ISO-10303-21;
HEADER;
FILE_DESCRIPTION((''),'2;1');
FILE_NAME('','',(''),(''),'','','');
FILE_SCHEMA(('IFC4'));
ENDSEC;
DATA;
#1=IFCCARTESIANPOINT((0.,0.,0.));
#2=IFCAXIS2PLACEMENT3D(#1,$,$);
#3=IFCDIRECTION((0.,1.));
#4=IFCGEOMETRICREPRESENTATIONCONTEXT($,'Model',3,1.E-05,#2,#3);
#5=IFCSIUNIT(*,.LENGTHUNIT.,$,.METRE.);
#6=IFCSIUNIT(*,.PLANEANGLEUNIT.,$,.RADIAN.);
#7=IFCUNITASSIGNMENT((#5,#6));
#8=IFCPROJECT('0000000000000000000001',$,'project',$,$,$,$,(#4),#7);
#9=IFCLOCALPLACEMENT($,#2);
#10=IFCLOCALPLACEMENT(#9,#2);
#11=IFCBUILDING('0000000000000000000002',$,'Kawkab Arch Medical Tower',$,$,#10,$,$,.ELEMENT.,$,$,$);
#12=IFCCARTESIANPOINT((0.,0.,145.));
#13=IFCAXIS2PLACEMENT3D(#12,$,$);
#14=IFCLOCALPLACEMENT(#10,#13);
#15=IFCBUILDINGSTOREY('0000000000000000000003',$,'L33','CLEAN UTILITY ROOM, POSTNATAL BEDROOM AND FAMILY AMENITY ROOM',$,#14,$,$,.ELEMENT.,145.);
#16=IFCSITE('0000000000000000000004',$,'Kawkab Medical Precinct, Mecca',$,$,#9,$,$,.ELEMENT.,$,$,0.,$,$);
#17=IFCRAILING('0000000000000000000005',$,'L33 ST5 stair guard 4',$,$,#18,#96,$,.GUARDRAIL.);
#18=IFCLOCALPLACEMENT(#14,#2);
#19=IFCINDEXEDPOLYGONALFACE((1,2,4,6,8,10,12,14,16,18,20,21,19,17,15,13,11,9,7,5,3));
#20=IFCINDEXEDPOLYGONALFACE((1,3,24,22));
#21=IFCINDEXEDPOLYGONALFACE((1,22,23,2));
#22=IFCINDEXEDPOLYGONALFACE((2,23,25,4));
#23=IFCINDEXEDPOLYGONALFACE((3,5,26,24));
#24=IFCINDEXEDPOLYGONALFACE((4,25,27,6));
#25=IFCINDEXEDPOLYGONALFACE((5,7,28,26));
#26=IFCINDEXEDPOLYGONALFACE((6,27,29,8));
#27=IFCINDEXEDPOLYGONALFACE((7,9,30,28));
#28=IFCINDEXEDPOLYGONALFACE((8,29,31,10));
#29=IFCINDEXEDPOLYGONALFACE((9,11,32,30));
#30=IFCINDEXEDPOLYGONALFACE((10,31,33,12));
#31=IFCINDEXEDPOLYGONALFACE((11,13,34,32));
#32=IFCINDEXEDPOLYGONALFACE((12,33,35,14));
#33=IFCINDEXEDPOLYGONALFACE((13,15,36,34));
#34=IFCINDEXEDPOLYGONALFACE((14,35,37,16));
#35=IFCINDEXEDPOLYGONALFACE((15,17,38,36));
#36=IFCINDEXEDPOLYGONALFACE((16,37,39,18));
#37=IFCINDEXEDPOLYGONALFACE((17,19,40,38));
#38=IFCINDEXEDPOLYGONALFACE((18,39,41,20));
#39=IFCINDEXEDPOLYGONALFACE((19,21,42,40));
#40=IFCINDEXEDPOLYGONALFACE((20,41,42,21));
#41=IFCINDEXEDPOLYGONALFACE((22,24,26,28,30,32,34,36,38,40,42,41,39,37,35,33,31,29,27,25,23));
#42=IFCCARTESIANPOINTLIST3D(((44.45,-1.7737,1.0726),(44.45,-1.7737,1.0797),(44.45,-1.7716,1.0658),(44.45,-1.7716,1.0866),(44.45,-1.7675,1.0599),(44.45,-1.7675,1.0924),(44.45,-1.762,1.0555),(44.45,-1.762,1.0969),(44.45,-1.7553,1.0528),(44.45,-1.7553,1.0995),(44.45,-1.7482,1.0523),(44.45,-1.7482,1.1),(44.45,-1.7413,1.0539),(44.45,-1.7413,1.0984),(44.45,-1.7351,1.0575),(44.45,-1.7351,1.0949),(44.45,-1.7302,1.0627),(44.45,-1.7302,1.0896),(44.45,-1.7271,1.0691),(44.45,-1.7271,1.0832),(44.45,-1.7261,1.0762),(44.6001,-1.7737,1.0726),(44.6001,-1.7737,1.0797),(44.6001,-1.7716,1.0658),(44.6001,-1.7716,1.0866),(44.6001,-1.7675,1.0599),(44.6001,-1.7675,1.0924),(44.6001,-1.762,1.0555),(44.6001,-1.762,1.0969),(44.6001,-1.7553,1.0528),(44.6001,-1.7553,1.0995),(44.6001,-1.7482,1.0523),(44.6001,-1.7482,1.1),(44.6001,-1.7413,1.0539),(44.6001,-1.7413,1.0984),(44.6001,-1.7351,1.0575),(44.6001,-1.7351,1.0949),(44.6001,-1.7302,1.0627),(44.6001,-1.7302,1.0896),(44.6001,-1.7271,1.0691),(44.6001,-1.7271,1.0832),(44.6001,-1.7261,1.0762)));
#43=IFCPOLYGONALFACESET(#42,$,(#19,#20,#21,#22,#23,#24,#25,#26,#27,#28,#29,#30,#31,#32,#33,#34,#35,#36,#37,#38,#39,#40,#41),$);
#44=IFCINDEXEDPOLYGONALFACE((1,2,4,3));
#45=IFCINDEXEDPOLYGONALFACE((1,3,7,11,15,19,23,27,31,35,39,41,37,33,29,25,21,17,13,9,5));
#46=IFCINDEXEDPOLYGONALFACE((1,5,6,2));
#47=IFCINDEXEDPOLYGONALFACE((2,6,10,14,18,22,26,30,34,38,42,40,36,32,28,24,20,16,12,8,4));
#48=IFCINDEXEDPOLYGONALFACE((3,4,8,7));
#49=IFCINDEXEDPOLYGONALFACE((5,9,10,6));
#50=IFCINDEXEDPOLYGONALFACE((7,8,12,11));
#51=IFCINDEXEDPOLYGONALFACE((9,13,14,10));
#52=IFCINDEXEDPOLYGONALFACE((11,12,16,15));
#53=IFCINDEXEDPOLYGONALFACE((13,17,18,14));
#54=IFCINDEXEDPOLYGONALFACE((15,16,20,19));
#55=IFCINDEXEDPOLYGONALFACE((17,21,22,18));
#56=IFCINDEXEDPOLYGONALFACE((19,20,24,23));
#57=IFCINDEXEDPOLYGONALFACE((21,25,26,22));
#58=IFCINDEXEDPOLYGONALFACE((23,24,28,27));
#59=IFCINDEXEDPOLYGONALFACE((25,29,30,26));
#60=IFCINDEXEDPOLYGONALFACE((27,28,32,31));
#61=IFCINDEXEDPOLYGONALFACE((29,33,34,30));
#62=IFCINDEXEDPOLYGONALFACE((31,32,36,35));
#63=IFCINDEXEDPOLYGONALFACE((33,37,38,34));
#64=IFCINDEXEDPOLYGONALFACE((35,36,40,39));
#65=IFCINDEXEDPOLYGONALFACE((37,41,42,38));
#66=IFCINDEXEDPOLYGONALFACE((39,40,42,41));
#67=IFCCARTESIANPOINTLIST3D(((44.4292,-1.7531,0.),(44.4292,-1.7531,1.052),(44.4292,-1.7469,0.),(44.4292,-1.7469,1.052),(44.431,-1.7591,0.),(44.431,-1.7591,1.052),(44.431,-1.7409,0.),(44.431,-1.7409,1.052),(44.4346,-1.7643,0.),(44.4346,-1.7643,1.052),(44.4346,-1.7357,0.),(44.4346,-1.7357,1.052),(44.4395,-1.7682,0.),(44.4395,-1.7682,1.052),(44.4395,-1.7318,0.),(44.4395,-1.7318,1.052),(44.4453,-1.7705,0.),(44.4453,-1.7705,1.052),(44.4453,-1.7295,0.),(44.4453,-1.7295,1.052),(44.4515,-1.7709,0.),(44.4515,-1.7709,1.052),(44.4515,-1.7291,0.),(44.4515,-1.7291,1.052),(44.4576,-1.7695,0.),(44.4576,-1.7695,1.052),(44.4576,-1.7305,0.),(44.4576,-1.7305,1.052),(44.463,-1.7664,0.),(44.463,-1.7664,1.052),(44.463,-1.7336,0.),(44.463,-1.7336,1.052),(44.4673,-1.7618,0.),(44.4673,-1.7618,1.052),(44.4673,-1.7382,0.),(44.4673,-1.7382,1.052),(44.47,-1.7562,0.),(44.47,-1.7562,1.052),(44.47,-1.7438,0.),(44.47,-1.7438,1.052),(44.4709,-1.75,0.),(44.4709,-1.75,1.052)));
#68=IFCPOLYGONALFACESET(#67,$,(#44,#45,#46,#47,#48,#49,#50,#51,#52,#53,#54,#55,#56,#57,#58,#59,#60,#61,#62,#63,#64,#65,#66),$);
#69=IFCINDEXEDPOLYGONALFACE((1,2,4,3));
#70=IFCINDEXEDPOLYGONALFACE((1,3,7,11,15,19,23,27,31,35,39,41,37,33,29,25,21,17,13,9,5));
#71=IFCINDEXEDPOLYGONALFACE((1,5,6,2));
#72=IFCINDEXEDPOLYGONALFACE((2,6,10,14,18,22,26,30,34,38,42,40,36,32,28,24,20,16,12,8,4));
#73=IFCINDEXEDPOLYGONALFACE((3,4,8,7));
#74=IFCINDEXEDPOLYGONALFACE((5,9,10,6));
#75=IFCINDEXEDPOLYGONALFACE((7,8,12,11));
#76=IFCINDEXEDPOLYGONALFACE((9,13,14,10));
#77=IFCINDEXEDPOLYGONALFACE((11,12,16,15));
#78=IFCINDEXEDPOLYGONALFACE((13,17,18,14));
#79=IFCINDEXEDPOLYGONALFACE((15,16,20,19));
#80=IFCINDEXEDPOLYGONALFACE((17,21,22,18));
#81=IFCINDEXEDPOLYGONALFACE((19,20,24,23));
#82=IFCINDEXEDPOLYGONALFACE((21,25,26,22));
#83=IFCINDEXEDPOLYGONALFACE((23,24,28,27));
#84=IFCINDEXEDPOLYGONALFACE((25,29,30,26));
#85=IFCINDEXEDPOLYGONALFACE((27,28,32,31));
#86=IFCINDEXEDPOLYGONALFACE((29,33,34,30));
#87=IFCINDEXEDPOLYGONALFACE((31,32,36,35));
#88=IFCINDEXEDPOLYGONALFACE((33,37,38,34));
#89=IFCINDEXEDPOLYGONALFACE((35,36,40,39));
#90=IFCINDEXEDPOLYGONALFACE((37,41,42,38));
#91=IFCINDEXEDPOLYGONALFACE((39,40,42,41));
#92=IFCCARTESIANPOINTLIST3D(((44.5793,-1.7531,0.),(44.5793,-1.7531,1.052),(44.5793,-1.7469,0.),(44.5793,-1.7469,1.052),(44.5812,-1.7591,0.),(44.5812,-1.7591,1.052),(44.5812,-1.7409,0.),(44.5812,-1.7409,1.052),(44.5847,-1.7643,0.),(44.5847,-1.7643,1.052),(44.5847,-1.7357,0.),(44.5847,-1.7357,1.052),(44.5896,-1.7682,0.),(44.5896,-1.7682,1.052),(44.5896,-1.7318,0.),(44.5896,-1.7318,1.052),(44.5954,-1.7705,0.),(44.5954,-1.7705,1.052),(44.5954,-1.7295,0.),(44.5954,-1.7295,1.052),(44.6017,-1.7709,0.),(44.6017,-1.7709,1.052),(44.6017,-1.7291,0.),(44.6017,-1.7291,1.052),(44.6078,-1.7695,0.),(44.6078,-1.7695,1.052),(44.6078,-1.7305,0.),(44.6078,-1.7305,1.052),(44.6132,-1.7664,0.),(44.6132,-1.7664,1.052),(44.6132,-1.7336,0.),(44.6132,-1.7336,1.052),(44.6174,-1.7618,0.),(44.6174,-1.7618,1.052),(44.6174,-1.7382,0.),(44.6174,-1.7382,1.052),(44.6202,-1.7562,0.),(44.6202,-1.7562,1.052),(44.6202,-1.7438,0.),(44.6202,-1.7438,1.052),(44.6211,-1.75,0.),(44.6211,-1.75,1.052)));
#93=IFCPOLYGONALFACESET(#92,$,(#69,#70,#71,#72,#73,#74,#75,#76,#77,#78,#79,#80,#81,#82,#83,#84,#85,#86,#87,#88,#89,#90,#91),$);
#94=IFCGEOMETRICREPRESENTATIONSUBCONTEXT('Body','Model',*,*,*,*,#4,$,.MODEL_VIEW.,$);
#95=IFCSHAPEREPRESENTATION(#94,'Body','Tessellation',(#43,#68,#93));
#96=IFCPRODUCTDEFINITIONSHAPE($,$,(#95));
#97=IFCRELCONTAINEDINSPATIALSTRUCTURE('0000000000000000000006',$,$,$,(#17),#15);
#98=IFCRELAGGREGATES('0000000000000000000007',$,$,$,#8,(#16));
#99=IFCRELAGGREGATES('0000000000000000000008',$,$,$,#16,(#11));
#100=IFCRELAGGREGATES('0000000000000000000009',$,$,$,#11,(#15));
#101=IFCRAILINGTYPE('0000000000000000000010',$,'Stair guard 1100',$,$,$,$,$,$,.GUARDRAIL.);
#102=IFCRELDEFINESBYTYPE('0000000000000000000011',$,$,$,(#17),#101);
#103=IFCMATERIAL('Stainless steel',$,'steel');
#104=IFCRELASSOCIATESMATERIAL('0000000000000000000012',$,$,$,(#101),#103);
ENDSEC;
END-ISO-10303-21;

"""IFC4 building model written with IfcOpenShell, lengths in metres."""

from ifc_helpers import new_model, si_unit, direction, frame, origin, origin_2d, place, context, subcontext, project, spatial, circle, extrude, material, type_object, element, save


model = new_model("IFC4")

# Units and contexts
model_context = context("Model", 3, precision=1e-05, world=origin(), true_north=direction((0.0, 1.0)))
body_context = subcontext(model_context, "Body", "Model", "MODEL_VIEW")
ifc_project = project(units=[si_unit("LENGTHUNIT", "METRE"), si_unit("PLANEANGLEUNIT", "RADIAN")], contexts=[model_context])

# Site, building, storey
site_placement = place(None, origin())
site = spatial("IfcSite", under=ifc_project, at=site_placement, Name="Kawkab Medical Precinct, Mecca", CompositionType="ELEMENT", RefElevation=0.0)
building_placement = place(site_placement, origin())
building = spatial("IfcBuilding", under=site, at=building_placement, Name="Kawkab Arch Medical Tower", CompositionType="ELEMENT")
storey_placement = place(building_placement, frame((0.0, 0.0, 145.0)))
storey = spatial("IfcBuildingStorey", under=building, at=storey_placement, Name="L33", Description="CLEAN UTILITY ROOM, POSTNATAL BEDROOM AND FAMILY AMENITY ROOM", CompositionType="ELEMENT", Elevation=145.0)

# Railing
ifc_material_1 = material(Name="Stainless steel", Category="steel")
railing_type = type_object("IfcRailingType", Name="Stair guard 1100", PredefinedType="GUARDRAIL", material=ifc_material_1)
railing_1_placement = place(storey_placement, frame((44.45, -1.75, 0.0)))
element("IfcRailing", 1, at=railing_1_placement, inside=storey, type_object=railing_type, Name="L33 ST5 stair guard 4", PredefinedType="GUARDRAIL", context=body_context, shape_type="SweptSolid", body=[
    extrude(circle(Radius=0.0239, at=origin_2d()), frame((0.0, 0.0, 1.0762), z_axis=(1.0, 0.0, 0.0), x_axis=(0.0, 1.0, 0.0)), (0.0, 0.0, 1.0), 0.1501),
    extrude(circle(Radius=0.021, at=origin_2d()), origin(), (0.0, 0.0, 1.0), 1.052),
    extrude(circle(Radius=0.021, at=origin_2d()), frame((0.1501, 0.0, 0.0)), (0.0, 0.0, 1.0), 1.052),
])

save(model, "model.ifc")
